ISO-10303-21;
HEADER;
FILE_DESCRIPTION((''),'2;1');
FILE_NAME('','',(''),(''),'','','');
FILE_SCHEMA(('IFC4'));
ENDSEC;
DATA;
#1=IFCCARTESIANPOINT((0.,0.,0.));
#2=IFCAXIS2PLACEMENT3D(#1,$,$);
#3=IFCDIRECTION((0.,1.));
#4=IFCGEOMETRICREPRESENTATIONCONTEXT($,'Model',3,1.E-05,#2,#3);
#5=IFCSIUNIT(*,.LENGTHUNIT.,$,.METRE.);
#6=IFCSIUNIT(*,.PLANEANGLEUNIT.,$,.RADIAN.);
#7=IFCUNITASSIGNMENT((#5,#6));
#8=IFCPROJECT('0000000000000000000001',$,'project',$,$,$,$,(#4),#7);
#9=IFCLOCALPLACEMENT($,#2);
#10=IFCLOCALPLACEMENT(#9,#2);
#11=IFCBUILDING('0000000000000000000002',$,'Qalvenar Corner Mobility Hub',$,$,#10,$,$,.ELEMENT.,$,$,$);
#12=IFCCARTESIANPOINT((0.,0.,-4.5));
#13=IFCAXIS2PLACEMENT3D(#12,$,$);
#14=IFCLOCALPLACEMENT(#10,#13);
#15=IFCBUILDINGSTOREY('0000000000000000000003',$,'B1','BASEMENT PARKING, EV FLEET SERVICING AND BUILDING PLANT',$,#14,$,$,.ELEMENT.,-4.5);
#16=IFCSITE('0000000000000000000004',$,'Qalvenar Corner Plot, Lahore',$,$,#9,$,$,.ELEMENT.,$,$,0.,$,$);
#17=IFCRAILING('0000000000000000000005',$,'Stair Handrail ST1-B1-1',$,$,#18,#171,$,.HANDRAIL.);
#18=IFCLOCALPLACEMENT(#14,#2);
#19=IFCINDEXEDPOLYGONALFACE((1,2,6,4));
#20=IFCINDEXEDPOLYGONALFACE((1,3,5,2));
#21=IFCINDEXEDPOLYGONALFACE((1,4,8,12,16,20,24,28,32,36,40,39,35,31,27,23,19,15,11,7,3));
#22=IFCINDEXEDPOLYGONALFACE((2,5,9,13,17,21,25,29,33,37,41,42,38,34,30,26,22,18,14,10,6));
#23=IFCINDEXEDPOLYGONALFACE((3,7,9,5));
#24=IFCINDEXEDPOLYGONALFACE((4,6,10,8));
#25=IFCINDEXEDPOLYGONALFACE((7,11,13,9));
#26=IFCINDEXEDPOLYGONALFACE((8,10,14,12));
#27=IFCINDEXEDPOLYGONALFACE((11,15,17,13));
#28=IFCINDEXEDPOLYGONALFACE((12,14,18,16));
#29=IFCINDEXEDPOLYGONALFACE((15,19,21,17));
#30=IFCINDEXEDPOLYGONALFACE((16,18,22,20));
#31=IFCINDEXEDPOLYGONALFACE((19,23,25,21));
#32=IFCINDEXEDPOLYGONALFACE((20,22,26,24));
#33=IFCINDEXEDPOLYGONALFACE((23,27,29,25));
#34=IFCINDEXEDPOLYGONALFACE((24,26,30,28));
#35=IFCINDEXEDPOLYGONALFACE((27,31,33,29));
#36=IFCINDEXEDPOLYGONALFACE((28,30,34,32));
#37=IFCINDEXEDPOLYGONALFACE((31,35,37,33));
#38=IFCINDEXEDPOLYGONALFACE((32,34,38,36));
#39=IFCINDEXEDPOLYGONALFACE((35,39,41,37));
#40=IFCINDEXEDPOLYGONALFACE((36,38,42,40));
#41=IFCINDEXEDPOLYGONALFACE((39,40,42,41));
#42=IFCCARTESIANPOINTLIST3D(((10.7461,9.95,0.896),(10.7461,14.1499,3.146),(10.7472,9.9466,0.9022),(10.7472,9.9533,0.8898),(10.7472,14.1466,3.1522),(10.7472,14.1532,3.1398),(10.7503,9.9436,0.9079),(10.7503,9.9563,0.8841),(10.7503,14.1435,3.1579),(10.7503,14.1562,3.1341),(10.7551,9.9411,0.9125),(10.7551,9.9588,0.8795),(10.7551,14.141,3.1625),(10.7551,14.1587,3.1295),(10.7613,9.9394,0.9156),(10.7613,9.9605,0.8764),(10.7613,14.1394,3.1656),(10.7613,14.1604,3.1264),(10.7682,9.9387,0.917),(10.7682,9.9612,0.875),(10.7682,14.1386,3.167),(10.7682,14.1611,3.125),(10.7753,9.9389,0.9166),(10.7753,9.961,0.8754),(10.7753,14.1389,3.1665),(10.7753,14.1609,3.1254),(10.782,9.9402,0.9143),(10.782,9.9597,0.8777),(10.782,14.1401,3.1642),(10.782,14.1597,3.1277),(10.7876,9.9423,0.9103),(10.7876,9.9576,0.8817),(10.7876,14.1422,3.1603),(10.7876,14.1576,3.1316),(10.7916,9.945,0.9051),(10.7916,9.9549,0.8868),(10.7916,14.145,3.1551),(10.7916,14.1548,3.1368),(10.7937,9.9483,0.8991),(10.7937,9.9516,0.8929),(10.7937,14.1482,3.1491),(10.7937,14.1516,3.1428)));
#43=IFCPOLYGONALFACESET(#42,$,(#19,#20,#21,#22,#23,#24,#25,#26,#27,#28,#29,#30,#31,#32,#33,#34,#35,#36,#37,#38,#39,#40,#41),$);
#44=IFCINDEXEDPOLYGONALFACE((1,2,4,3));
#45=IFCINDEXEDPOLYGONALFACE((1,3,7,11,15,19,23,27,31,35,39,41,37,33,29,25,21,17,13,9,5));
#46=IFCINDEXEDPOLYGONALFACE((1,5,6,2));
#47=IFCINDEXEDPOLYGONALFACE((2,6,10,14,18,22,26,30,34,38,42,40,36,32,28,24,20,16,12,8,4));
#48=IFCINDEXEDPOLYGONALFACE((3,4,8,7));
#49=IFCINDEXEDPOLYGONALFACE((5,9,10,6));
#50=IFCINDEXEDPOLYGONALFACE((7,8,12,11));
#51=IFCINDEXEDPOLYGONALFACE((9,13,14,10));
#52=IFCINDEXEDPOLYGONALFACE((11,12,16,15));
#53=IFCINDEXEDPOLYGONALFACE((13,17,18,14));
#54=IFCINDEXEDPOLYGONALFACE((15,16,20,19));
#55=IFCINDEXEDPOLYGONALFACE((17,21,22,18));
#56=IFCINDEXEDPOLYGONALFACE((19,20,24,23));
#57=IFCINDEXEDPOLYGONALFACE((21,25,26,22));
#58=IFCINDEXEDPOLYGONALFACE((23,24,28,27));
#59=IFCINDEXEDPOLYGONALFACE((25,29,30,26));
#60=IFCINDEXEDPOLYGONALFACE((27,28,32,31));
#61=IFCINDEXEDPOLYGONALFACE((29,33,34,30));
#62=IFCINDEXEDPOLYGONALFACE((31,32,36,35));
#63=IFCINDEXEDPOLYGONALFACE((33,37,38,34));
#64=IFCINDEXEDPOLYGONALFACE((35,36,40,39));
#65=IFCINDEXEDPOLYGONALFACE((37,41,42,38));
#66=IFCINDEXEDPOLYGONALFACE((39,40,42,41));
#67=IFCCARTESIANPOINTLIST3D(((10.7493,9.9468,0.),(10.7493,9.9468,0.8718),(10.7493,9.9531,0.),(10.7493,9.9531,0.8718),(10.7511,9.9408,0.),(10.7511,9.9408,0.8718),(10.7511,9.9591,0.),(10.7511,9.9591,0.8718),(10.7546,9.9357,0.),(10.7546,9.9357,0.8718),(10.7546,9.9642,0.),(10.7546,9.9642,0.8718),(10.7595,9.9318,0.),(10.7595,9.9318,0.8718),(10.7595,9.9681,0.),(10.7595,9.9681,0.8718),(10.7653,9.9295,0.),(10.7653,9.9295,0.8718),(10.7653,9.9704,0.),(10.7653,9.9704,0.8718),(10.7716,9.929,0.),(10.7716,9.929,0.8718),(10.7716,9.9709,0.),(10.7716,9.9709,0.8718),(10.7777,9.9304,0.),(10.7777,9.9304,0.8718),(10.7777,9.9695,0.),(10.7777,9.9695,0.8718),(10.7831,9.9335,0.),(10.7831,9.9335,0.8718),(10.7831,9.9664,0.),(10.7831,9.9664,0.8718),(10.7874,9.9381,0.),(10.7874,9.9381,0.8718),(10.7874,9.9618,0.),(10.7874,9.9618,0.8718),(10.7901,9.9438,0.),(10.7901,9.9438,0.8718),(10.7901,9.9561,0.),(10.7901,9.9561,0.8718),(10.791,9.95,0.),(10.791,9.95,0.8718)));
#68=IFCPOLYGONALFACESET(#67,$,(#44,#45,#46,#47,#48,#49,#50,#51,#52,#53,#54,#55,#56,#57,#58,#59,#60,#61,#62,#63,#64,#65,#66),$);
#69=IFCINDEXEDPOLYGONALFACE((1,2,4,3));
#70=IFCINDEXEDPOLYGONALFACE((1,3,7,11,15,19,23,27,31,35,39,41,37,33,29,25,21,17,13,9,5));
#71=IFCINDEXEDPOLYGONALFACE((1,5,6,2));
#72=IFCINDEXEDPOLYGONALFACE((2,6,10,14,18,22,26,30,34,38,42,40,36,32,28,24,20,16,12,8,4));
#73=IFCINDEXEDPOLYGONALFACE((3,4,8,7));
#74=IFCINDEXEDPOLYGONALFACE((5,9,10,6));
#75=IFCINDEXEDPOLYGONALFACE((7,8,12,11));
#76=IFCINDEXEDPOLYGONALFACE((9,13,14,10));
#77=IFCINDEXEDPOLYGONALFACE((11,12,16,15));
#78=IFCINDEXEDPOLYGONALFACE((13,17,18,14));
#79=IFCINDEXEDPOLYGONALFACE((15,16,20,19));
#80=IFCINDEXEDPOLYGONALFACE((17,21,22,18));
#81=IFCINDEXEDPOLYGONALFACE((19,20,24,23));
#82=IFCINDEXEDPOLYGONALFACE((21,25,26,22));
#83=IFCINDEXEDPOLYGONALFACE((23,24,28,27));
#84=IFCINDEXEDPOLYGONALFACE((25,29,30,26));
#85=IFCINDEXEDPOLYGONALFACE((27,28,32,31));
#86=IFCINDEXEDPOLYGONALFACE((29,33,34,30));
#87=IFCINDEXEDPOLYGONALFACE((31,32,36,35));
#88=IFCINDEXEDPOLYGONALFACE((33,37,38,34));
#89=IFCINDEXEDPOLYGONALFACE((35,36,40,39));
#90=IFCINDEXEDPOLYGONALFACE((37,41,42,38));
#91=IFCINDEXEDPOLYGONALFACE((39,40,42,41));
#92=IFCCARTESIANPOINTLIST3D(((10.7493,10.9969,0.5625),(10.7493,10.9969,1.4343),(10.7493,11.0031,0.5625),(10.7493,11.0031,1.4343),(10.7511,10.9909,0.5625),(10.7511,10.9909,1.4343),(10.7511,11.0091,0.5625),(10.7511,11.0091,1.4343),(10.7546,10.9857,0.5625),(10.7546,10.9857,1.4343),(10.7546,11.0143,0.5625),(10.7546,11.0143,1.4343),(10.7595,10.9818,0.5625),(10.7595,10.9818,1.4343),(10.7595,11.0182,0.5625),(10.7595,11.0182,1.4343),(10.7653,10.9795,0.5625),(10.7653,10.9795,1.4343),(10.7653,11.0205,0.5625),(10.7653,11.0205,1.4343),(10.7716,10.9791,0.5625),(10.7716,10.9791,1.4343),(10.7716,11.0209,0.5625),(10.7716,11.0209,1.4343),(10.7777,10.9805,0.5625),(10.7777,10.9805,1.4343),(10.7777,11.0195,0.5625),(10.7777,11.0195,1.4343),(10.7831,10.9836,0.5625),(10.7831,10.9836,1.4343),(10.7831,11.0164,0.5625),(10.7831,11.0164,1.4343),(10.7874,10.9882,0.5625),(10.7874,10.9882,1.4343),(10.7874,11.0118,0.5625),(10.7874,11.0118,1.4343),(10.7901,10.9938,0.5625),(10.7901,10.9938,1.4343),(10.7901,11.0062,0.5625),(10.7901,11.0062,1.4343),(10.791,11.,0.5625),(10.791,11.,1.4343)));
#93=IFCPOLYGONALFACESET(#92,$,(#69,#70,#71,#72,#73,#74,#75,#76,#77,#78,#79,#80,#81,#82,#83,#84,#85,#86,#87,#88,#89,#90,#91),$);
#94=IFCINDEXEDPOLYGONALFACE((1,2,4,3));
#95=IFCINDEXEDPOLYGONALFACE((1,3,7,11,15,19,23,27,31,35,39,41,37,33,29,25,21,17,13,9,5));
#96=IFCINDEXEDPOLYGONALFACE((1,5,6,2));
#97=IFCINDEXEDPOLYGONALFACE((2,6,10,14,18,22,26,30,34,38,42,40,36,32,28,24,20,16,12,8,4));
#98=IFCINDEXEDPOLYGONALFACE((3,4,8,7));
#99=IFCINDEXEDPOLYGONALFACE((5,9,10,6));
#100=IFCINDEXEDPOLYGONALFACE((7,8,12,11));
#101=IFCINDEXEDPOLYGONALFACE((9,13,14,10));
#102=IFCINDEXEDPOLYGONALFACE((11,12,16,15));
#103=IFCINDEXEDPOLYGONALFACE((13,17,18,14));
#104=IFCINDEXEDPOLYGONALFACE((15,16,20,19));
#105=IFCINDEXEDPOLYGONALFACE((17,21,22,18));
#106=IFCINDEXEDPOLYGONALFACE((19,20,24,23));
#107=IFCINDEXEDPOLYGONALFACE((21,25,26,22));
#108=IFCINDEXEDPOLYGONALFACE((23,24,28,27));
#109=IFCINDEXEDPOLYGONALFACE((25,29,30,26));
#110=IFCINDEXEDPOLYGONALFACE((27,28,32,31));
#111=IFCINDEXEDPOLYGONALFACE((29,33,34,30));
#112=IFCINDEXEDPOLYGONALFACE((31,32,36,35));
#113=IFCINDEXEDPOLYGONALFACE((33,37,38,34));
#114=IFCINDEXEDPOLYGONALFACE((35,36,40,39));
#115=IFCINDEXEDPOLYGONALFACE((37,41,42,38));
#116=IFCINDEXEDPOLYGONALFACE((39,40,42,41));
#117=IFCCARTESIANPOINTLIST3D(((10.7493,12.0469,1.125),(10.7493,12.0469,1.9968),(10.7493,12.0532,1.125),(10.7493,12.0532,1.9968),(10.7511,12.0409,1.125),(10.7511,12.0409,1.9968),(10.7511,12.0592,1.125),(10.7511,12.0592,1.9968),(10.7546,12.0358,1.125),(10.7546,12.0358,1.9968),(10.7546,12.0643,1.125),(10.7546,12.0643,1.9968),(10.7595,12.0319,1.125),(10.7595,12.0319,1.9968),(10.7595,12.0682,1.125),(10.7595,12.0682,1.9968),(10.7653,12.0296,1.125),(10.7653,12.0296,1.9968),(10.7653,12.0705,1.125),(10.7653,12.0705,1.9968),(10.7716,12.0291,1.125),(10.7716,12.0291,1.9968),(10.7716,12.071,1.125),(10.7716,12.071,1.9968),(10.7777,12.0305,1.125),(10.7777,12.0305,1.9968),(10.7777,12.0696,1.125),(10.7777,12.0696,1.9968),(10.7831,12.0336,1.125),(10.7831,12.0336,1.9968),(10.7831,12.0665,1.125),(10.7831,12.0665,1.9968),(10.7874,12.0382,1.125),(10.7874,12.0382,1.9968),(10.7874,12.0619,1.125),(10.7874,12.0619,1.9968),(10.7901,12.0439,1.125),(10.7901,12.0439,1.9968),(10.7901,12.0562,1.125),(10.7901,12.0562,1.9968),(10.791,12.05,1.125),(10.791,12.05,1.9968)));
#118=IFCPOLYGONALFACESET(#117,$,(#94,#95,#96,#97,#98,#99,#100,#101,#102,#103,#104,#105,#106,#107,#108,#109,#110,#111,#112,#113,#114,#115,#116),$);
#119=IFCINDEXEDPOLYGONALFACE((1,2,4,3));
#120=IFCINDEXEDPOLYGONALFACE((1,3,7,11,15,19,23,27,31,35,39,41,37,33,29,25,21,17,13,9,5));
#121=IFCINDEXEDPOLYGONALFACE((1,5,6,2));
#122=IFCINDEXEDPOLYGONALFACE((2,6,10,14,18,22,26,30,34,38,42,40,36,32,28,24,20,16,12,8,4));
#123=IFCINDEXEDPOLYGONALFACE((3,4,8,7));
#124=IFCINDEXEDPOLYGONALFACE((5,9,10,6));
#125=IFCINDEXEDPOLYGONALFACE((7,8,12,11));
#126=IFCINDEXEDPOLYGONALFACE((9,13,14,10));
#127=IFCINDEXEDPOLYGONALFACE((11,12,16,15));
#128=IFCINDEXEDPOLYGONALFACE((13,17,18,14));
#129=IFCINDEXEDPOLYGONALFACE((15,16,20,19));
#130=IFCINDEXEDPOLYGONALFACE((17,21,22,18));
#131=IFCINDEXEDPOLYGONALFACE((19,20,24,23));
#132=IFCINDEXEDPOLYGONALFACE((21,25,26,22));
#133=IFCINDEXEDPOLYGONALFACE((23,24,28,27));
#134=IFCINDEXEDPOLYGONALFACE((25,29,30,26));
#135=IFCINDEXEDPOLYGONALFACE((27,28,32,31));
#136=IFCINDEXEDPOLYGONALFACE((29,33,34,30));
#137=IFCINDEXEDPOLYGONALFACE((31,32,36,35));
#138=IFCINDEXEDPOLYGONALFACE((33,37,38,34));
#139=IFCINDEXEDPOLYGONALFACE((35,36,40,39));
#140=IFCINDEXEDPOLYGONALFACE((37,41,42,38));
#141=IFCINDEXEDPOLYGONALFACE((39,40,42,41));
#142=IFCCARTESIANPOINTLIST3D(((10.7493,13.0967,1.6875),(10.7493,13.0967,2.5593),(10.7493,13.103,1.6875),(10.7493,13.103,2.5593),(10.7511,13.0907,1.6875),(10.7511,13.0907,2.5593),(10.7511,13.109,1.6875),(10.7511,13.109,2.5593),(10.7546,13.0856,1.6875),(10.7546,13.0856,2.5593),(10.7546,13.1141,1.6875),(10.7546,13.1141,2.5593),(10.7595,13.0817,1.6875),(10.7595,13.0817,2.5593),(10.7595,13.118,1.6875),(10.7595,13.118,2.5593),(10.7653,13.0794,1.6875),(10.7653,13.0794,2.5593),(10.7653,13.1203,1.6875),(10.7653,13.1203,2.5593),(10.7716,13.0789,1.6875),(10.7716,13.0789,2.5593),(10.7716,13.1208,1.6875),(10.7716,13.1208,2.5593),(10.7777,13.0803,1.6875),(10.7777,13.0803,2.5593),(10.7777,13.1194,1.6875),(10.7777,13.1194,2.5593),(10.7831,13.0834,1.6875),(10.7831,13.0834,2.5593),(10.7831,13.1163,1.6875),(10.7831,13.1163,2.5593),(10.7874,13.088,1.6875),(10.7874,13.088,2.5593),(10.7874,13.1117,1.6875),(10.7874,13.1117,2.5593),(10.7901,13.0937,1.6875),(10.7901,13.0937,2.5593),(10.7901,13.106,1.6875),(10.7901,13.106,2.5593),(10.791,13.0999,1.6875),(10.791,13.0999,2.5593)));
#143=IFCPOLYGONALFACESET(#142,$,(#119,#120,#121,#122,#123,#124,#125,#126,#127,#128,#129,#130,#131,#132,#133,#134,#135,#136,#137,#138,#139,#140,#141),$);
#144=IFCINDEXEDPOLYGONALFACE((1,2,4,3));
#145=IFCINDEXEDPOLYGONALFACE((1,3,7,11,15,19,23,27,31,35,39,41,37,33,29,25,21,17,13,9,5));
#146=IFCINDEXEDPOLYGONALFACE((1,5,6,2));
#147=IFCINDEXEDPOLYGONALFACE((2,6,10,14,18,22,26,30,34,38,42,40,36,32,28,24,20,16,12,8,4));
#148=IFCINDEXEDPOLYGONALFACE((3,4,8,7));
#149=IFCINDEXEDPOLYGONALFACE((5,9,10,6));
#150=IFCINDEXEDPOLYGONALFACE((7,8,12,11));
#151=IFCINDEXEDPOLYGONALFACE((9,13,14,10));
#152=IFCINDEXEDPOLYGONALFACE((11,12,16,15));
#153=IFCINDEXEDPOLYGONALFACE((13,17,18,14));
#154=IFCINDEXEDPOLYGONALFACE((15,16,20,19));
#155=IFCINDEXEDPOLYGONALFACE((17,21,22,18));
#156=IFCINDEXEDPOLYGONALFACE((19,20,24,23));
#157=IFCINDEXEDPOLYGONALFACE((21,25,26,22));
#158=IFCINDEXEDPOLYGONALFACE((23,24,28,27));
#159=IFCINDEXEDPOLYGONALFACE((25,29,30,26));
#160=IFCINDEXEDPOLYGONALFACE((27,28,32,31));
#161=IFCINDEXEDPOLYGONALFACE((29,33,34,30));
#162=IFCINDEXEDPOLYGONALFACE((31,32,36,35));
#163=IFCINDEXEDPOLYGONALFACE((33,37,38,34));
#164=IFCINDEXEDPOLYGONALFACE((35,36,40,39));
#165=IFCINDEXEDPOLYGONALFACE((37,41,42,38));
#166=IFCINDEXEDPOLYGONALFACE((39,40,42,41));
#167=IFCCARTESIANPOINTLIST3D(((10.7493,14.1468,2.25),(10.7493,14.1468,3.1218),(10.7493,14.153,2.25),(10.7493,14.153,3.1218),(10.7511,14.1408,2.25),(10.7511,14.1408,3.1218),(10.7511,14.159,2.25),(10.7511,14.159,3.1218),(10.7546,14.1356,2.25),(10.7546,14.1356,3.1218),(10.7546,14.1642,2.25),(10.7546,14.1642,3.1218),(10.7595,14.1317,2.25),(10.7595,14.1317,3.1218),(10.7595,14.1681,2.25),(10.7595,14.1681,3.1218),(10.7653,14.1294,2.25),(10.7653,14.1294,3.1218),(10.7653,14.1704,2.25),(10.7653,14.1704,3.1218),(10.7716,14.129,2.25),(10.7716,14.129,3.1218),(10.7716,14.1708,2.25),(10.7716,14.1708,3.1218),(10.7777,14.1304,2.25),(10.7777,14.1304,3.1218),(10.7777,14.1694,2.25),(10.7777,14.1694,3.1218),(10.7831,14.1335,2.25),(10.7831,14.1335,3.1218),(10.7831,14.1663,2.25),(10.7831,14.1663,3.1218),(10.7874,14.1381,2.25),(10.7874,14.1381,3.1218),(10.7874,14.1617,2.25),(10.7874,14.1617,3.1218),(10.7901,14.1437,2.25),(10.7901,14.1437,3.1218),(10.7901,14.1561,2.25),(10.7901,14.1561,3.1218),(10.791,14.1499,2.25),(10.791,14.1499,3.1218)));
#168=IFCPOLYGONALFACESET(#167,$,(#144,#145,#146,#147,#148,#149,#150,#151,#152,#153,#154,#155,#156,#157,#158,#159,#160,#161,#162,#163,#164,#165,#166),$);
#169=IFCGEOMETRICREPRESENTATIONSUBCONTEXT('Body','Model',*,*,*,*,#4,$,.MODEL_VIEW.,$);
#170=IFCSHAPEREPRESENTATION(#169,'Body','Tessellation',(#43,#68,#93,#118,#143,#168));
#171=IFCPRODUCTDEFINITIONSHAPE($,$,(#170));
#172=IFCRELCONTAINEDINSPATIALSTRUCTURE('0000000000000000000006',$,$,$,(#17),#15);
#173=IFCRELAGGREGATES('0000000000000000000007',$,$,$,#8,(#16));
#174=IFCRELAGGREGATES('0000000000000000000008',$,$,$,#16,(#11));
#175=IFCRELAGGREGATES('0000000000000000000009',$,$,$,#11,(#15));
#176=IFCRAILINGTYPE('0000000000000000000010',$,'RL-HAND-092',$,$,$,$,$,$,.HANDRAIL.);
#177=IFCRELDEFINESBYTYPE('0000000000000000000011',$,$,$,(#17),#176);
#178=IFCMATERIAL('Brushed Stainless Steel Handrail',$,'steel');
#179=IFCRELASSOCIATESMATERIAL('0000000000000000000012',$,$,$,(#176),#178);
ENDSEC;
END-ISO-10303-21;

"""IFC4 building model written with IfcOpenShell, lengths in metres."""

from ifc_helpers import new_model, si_unit, direction, frame, origin, origin_2d, place, context, subcontext, project, spatial, circle, extrude, material, type_object, element, save


model = new_model("IFC4")

# Units and contexts
model_context = context("Model", 3, precision=1e-05, world=origin(), true_north=direction((0.0, 1.0)))
body_context = subcontext(model_context, "Body", "Model", "MODEL_VIEW")
ifc_project = project(units=[si_unit("LENGTHUNIT", "METRE"), si_unit("PLANEANGLEUNIT", "RADIAN")], contexts=[model_context])

# Site, building, storey
site_placement = place(None, origin())
site = spatial("IfcSite", under=ifc_project, at=site_placement, Name="Qalvenar Corner Plot, Lahore", CompositionType="ELEMENT", RefElevation=0.0)
building_placement = place(site_placement, origin())
building = spatial("IfcBuilding", under=site, at=building_placement, Name="Qalvenar Corner Mobility Hub", CompositionType="ELEMENT")
storey_placement = place(building_placement, frame((0.0, 0.0, -4.5)))
storey = spatial("IfcBuildingStorey", under=building, at=storey_placement, Name="B1", Description="BASEMENT PARKING, EV FLEET SERVICING AND BUILDING PLANT", CompositionType="ELEMENT", Elevation=-4.5)

# Railing
ifc_material_1 = material(Name="Brushed Stainless Steel Handrail", Category="steel")
railing_type_1 = type_object("IfcRailingType", Name="RL-HAND-092", PredefinedType="HANDRAIL", material=ifc_material_1)
railing_1_placement = place(storey_placement, frame((10.77, 9.95, 0.0)))
element("IfcRailing", 1, at=railing_1_placement, inside=storey, type_object=railing_type_1, Name="Stair Handrail ST1-B1-1", PredefinedType="HANDRAIL", context=body_context, shape_type="SweptSolid", body=[
    extrude(circle(Radius=0.0239, at=origin_2d()), frame((0.0, 0.0, 0.896), z_axis=(0.0, 0.881478, 0.472226), x_axis=(-1.0, 0.0, 0.0)), (0.0, 0.0, 1.0), 4.7646),
    extrude(circle(Radius=0.021, at=origin_2d()), origin(), (0.0, 0.0, 1.0), 0.8718),
    extrude(circle(Radius=0.021, at=origin_2d()), frame((0.0, 1.05, 0.5625)), (0.0, 0.0, 1.0), 0.8718),
    extrude(circle(Radius=0.021, at=origin_2d()), frame((0.0, 2.1001, 1.125)), (0.0, 0.0, 1.0), 0.8718),
    extrude(circle(Radius=0.021, at=origin_2d()), frame((0.0, 3.1499, 1.6875)), (0.0, 0.0, 1.0), 0.8718),
    extrude(circle(Radius=0.021, at=origin_2d()), frame((0.0, 4.2, 2.25)), (0.0, 0.0, 1.0), 0.8718),
])

save(model, "model.ifc")
